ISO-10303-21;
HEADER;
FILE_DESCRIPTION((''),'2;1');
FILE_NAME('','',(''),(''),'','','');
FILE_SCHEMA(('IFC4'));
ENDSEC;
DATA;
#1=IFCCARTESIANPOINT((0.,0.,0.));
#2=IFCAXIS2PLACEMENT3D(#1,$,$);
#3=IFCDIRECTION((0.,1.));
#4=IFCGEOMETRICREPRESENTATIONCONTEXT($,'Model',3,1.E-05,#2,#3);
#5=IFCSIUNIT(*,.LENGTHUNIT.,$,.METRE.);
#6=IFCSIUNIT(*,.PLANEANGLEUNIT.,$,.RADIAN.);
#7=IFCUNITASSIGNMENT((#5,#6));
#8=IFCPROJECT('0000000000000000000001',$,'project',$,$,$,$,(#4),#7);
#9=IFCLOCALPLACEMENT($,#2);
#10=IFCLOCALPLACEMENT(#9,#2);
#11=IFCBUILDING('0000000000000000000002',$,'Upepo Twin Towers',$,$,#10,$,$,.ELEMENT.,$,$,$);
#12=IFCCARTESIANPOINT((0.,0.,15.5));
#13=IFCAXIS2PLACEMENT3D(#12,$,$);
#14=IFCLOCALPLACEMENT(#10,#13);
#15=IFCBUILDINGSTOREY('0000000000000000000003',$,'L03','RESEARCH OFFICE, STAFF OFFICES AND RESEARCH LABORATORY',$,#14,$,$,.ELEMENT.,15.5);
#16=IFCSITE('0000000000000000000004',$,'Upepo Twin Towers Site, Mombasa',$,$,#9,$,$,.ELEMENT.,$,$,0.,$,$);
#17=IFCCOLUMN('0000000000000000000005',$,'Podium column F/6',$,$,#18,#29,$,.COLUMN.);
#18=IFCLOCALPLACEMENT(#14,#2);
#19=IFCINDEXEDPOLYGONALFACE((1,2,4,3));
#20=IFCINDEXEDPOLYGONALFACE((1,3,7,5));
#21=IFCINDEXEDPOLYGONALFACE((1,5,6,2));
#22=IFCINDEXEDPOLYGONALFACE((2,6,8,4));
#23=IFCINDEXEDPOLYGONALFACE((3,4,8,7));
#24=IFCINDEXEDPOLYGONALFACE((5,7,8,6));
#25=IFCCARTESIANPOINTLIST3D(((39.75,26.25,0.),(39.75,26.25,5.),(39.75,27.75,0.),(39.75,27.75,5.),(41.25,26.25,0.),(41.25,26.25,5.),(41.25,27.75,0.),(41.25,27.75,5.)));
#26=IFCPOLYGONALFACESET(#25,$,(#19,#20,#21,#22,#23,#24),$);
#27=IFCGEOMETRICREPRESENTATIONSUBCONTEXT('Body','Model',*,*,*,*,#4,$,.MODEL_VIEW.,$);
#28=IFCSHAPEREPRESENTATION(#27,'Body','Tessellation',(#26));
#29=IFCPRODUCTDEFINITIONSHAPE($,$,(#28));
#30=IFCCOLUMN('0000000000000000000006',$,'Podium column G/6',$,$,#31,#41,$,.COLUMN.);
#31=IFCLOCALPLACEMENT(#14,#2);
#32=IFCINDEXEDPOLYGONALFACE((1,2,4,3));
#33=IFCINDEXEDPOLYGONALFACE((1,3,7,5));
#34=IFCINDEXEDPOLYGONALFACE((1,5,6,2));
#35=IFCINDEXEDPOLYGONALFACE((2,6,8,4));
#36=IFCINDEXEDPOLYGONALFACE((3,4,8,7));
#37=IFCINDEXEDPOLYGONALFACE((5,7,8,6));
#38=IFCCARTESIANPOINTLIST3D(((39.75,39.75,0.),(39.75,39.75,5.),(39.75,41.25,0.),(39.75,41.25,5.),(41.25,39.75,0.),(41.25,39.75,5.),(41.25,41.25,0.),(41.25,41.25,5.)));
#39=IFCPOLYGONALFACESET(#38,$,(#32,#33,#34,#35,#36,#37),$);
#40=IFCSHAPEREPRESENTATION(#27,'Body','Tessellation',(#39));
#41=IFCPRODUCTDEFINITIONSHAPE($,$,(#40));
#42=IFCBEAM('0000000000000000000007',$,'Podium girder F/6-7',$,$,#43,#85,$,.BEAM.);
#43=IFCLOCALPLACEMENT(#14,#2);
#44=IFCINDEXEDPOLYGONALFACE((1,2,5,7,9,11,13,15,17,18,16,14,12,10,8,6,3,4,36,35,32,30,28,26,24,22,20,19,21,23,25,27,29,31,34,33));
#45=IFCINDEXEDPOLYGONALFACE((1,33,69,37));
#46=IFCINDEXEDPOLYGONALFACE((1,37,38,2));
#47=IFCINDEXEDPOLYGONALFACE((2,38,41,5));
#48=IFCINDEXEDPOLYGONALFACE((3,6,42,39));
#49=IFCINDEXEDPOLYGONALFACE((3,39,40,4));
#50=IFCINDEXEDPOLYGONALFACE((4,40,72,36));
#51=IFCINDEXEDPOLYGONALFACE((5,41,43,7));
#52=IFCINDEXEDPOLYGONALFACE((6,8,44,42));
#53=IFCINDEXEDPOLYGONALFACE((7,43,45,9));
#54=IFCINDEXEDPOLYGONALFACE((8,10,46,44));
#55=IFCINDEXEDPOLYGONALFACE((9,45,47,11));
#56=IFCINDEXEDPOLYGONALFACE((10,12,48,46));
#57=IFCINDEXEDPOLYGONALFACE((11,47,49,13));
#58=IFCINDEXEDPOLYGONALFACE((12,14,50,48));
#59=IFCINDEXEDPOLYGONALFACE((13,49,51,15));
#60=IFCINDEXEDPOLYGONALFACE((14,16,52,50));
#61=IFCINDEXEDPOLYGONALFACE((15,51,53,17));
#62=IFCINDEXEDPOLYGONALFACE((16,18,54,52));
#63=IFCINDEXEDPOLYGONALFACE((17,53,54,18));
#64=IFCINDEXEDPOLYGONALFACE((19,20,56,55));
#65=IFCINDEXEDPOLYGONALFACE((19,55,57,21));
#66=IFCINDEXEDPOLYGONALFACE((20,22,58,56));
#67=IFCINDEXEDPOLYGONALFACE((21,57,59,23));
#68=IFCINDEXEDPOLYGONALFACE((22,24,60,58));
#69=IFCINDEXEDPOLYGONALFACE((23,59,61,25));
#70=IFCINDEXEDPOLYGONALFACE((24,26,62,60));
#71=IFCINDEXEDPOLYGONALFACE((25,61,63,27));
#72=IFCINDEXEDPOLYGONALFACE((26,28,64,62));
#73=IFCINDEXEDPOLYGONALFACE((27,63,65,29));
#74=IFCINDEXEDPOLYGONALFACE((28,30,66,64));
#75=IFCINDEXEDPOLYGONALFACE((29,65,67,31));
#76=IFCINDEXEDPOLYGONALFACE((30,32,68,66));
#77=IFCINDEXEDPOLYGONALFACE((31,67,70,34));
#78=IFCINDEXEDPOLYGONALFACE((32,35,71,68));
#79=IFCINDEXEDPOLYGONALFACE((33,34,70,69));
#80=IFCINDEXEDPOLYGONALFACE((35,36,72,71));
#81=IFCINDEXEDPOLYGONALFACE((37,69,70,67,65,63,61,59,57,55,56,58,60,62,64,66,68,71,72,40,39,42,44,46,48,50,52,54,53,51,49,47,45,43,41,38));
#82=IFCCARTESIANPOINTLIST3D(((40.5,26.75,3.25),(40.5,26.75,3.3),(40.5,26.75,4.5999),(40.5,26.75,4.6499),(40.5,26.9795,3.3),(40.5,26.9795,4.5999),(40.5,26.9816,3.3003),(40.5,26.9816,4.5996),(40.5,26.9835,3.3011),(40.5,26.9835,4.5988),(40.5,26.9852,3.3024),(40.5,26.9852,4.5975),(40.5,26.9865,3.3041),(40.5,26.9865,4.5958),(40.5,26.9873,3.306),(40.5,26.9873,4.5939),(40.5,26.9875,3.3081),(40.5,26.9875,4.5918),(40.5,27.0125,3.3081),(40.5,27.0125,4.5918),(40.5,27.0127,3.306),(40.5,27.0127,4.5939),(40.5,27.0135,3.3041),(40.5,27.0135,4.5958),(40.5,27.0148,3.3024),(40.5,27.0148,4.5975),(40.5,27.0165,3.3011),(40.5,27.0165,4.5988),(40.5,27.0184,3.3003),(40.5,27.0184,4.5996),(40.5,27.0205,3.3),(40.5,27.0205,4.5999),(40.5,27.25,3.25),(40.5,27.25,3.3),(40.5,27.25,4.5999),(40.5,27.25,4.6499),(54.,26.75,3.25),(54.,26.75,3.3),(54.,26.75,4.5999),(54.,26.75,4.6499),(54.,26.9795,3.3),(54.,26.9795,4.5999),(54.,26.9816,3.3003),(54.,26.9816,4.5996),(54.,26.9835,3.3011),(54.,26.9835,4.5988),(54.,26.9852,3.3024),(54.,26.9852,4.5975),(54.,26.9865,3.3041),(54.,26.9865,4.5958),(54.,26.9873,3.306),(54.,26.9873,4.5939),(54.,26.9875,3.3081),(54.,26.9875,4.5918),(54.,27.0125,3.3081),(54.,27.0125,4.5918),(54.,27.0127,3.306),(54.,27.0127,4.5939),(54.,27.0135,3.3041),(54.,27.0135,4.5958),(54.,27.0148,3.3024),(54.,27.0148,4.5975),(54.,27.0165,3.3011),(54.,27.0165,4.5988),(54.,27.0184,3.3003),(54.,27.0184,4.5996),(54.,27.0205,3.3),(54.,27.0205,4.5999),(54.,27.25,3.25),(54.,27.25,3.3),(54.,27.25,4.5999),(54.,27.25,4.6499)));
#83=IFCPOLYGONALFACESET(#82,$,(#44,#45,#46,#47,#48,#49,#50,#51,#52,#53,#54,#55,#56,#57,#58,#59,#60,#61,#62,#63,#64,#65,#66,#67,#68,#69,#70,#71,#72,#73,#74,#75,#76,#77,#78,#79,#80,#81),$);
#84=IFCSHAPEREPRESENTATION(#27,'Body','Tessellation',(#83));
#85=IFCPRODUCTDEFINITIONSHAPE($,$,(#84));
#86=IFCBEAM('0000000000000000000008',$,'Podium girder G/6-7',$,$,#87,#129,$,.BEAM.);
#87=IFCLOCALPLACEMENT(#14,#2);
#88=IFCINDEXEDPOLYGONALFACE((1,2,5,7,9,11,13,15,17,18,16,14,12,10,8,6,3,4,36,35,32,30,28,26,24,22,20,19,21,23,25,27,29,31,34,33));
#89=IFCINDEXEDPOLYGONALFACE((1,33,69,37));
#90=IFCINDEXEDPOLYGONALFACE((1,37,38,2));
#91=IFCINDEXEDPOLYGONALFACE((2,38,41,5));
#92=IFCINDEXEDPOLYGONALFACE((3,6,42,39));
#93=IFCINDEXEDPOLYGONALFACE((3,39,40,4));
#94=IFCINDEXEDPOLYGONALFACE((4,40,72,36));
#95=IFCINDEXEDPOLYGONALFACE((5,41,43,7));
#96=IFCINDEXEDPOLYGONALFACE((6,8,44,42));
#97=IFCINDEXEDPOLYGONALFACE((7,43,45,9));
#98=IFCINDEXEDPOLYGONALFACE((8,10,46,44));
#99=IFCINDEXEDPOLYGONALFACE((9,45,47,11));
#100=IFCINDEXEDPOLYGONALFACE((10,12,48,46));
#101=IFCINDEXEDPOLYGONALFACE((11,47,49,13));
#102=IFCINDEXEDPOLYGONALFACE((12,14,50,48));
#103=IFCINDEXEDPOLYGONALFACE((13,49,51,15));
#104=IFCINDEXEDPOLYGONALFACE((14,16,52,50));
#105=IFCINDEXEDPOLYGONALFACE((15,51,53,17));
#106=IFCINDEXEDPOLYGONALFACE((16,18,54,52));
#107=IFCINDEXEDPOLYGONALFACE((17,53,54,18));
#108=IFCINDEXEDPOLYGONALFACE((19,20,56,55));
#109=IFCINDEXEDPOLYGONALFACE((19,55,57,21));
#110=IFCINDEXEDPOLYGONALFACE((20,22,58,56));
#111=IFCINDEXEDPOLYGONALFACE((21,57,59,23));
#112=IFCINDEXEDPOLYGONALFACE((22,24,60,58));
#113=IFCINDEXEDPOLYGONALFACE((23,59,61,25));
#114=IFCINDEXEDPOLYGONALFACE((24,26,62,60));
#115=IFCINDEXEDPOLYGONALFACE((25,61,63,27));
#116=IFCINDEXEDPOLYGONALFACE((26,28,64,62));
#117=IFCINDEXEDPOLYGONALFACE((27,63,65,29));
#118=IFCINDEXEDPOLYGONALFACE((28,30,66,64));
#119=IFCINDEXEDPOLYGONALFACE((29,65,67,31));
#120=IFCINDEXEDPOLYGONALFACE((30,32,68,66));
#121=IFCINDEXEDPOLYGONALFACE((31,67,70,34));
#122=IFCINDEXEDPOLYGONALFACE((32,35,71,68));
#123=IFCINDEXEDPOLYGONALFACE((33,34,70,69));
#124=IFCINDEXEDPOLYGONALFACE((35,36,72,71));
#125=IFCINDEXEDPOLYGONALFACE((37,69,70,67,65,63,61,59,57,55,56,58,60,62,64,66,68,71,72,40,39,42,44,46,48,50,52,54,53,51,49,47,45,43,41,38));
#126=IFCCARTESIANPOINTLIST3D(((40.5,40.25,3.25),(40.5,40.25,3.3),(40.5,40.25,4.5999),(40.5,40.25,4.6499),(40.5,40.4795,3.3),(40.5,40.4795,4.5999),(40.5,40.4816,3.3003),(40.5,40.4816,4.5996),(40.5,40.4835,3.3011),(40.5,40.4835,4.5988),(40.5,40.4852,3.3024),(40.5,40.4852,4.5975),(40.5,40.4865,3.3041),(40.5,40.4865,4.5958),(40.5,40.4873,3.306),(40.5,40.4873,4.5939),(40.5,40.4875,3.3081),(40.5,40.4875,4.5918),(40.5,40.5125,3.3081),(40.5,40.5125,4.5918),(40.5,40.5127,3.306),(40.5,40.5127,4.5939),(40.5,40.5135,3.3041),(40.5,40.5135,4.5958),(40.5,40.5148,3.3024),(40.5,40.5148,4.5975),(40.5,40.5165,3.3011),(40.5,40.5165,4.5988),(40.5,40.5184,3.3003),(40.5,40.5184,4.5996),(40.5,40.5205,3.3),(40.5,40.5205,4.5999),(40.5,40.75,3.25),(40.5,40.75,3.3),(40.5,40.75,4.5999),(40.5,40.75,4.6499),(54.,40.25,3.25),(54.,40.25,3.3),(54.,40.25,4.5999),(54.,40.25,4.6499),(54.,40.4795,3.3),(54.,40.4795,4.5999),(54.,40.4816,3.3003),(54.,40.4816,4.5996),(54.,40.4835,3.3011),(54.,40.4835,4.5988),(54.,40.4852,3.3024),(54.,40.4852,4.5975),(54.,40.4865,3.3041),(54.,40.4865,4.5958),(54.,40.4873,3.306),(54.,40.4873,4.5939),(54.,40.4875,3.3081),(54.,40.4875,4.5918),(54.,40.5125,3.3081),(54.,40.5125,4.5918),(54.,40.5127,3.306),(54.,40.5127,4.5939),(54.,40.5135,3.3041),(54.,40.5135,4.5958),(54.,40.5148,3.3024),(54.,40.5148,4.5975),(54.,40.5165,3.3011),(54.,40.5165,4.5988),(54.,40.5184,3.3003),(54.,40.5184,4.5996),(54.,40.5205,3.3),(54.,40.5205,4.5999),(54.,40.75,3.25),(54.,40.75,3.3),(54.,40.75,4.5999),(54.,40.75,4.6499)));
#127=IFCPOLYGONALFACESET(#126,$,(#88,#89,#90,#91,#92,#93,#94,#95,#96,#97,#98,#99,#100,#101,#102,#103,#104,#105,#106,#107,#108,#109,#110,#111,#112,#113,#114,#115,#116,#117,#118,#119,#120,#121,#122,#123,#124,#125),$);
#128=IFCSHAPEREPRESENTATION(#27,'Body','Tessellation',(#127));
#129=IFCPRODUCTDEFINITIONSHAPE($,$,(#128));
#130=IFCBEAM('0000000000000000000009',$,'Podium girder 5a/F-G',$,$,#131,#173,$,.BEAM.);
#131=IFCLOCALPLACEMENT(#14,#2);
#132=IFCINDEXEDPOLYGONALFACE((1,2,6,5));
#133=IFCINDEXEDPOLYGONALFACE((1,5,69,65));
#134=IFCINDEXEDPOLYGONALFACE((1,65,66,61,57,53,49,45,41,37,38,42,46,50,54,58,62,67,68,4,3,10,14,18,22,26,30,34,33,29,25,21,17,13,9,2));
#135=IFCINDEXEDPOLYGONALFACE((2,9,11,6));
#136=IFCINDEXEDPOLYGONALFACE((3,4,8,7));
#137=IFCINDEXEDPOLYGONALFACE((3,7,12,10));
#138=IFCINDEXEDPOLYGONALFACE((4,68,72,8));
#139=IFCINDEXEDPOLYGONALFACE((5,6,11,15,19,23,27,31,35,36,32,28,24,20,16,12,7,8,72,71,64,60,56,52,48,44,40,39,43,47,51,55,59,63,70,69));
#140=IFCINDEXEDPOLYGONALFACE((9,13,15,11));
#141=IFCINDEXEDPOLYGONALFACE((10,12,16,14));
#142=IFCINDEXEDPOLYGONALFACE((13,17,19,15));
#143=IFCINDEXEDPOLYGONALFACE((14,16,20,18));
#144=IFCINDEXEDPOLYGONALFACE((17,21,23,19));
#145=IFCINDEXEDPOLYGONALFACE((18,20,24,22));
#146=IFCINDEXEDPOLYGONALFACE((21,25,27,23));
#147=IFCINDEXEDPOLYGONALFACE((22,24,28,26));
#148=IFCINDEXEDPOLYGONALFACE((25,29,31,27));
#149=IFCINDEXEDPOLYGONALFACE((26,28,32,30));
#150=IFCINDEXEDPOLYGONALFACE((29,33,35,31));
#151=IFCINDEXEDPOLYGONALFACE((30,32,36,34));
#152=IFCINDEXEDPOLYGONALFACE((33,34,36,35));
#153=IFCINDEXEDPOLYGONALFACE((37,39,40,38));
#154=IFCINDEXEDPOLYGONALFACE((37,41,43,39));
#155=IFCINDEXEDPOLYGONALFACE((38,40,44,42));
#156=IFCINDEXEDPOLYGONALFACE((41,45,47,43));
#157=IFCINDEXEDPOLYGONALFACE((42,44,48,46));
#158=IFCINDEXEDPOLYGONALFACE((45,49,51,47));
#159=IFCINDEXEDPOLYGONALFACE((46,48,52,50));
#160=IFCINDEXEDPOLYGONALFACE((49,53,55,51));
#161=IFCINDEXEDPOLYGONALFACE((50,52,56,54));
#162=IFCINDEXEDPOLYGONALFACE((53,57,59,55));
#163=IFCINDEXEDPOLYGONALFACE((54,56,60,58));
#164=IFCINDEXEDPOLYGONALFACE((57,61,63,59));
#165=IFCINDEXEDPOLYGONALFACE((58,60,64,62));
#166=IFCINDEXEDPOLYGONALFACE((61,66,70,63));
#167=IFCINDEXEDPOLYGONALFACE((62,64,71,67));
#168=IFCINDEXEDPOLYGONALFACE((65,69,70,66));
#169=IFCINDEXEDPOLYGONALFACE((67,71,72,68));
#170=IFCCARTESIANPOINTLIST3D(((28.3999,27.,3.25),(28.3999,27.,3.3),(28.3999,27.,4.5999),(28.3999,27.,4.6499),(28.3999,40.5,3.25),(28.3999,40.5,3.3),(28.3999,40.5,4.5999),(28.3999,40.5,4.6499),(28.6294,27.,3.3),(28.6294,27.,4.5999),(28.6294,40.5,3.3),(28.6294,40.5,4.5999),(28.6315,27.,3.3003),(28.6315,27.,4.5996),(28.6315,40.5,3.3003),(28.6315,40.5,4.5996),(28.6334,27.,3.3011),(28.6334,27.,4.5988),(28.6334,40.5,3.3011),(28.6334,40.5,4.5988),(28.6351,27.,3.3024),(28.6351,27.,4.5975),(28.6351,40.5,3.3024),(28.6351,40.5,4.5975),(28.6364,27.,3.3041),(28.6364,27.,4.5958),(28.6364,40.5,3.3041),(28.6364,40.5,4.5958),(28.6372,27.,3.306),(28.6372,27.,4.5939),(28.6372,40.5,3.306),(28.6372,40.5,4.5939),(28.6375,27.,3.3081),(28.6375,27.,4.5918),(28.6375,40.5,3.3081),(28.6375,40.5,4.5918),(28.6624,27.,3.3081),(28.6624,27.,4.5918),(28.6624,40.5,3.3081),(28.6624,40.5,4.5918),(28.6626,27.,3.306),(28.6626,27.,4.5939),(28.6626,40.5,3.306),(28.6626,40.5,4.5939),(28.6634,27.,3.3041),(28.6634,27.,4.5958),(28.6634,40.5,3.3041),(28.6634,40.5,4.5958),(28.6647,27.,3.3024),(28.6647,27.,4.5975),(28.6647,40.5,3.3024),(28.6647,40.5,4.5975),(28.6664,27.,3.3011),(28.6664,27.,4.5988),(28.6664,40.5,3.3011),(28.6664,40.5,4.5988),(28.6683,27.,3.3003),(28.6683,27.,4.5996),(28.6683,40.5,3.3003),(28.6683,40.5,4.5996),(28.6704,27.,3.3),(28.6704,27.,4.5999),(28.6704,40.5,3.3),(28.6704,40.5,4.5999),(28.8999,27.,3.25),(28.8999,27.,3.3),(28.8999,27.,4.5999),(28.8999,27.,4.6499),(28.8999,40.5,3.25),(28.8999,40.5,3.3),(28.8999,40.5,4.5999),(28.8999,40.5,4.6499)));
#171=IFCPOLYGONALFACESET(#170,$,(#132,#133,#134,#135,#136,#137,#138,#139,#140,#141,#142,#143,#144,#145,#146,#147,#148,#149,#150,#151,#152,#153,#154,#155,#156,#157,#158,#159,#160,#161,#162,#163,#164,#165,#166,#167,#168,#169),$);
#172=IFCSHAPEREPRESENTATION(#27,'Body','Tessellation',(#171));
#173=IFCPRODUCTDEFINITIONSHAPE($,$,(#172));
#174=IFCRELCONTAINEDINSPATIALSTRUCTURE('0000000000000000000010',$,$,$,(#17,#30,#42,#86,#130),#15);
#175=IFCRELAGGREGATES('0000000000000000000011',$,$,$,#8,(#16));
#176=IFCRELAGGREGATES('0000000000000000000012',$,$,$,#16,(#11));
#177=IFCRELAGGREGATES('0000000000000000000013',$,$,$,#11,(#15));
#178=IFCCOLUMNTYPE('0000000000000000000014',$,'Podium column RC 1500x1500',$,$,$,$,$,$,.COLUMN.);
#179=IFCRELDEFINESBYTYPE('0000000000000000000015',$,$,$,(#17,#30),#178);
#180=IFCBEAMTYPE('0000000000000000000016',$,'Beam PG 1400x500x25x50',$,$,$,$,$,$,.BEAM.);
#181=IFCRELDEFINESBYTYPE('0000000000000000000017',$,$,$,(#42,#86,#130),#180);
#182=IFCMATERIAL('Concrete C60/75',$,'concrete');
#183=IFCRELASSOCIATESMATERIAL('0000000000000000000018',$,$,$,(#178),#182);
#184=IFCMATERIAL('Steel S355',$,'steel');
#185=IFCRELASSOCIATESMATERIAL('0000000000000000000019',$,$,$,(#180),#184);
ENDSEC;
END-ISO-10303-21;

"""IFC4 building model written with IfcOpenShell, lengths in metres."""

from ifc_helpers import new_model, si_unit, direction, frame, origin, origin_2d, place, context, subcontext, project, spatial, rectangle, i_section, extrude, material, material_profile, profile_set, type_object, element, save


model = new_model("IFC4")

# Units and contexts
model_context = context("Model", 3, precision=1e-05, world=origin(), true_north=direction((0.0, 1.0)))
body_context = subcontext(model_context, "Body", "Model", "MODEL_VIEW")
ifc_project = project(units=[si_unit("LENGTHUNIT", "METRE"), si_unit("PLANEANGLEUNIT", "RADIAN")], contexts=[model_context])

# Site, building, storey
site_placement = place(None, origin())
site = spatial("IfcSite", under=ifc_project, at=site_placement, Name="Upepo Twin Towers Site, Mombasa", CompositionType="ELEMENT", RefElevation=0.0)
building_placement = place(site_placement, origin())
building = spatial("IfcBuilding", under=site, at=building_placement, Name="Upepo Twin Towers", CompositionType="ELEMENT")
storey_placement = place(building_placement, frame((0.0, 0.0, 15.5)))
storey = spatial("IfcBuildingStorey", under=building, at=storey_placement, Name="L03", Description="RESEARCH OFFICE, STAFF OFFICES AND RESEARCH LABORATORY", CompositionType="ELEMENT", Elevation=15.5)

# Columns
ifc_material_1 = material(Name="Concrete C60/75", Category="concrete")
ifc_material_profile_1 = material_profile(ifc_material_1, rectangle(XDim=1.5, YDim=1.5, at=origin_2d()), Name="RC 1500x1500")
ifc_profile_set_1 = profile_set([ifc_material_profile_1], Name="Concrete C60/75")
column_type = type_object("IfcColumnType", Name="Podium column RC 1500x1500", PredefinedType="COLUMN", material=ifc_profile_set_1)
for number, where, z_axis, x_axis, name in (
    (1, (40.5, 27.0, 0.0), (0.0, 0.0, 1.0), (1.0, 0.0, 0.0), "Podium column F/6"),
    (2, (40.5, 40.5, 0.0), (0.0, 0.0, 1.0), (1.0, 0.0, 0.0), "Podium column G/6"),
):
    element("IfcColumn", number, at=place(storey_placement, frame(where, z_axis=z_axis, x_axis=x_axis)), inside=storey, type_object=column_type, Name=name, PredefinedType="COLUMN", context=body_context, shape_type="SweptSolid", body=[
        extrude(rectangle(XDim=1.5, YDim=1.5, at=origin_2d()), origin(), (0.0, 0.0, 1.0), 5.0),
    ])

# Beams
ifc_material_2 = material(Name="Steel S355", Category="steel")
ifc_material_profile_2 = material_profile(ifc_material_2, i_section(OverallWidth=0.5, OverallDepth=1.3999, WebThickness=0.0249, FlangeThickness=0.05, FilletRadius=0.0081, at=origin_2d()), Name="PG 1400x500x25x50")
ifc_profile_set_2 = profile_set([ifc_material_profile_2], Name="Steel S355")
beam_type_1 = type_object("IfcBeamType", Name="Beam PG 1400x500x25x50", PredefinedType="BEAM", material=ifc_profile_set_2)
for number, where, z_axis, x_axis, name in (
    (3, (40.5, 27.0, 3.95), (1.0, 0.0, 0.0), (0.0, 1.0, 0.0), "Podium girder F/6-7"),
    (4, (40.5, 40.5, 3.95), (1.0, 0.0, 0.0), (0.0, 1.0, 0.0), "Podium girder G/6-7"),
    (5, (28.6499, 27.0, 3.95), (0.0, 1.0, 0.0), (-1.0, 0.0, 0.0), "Podium girder 5a/F-G"),
):
    element("IfcBeam", number, at=place(storey_placement, frame(where, z_axis=z_axis, x_axis=x_axis)), inside=storey, type_object=beam_type_1, Name=name, PredefinedType="BEAM", context=body_context, shape_type="SweptSolid", body=[
        extrude(i_section(OverallWidth=0.5, OverallDepth=1.3999, WebThickness=0.0249, FlangeThickness=0.05, FilletRadius=0.0081, at=origin_2d()), origin(), (0.0, 0.0, 1.0), 13.5),
    ])

save(model, "model.ifc")
